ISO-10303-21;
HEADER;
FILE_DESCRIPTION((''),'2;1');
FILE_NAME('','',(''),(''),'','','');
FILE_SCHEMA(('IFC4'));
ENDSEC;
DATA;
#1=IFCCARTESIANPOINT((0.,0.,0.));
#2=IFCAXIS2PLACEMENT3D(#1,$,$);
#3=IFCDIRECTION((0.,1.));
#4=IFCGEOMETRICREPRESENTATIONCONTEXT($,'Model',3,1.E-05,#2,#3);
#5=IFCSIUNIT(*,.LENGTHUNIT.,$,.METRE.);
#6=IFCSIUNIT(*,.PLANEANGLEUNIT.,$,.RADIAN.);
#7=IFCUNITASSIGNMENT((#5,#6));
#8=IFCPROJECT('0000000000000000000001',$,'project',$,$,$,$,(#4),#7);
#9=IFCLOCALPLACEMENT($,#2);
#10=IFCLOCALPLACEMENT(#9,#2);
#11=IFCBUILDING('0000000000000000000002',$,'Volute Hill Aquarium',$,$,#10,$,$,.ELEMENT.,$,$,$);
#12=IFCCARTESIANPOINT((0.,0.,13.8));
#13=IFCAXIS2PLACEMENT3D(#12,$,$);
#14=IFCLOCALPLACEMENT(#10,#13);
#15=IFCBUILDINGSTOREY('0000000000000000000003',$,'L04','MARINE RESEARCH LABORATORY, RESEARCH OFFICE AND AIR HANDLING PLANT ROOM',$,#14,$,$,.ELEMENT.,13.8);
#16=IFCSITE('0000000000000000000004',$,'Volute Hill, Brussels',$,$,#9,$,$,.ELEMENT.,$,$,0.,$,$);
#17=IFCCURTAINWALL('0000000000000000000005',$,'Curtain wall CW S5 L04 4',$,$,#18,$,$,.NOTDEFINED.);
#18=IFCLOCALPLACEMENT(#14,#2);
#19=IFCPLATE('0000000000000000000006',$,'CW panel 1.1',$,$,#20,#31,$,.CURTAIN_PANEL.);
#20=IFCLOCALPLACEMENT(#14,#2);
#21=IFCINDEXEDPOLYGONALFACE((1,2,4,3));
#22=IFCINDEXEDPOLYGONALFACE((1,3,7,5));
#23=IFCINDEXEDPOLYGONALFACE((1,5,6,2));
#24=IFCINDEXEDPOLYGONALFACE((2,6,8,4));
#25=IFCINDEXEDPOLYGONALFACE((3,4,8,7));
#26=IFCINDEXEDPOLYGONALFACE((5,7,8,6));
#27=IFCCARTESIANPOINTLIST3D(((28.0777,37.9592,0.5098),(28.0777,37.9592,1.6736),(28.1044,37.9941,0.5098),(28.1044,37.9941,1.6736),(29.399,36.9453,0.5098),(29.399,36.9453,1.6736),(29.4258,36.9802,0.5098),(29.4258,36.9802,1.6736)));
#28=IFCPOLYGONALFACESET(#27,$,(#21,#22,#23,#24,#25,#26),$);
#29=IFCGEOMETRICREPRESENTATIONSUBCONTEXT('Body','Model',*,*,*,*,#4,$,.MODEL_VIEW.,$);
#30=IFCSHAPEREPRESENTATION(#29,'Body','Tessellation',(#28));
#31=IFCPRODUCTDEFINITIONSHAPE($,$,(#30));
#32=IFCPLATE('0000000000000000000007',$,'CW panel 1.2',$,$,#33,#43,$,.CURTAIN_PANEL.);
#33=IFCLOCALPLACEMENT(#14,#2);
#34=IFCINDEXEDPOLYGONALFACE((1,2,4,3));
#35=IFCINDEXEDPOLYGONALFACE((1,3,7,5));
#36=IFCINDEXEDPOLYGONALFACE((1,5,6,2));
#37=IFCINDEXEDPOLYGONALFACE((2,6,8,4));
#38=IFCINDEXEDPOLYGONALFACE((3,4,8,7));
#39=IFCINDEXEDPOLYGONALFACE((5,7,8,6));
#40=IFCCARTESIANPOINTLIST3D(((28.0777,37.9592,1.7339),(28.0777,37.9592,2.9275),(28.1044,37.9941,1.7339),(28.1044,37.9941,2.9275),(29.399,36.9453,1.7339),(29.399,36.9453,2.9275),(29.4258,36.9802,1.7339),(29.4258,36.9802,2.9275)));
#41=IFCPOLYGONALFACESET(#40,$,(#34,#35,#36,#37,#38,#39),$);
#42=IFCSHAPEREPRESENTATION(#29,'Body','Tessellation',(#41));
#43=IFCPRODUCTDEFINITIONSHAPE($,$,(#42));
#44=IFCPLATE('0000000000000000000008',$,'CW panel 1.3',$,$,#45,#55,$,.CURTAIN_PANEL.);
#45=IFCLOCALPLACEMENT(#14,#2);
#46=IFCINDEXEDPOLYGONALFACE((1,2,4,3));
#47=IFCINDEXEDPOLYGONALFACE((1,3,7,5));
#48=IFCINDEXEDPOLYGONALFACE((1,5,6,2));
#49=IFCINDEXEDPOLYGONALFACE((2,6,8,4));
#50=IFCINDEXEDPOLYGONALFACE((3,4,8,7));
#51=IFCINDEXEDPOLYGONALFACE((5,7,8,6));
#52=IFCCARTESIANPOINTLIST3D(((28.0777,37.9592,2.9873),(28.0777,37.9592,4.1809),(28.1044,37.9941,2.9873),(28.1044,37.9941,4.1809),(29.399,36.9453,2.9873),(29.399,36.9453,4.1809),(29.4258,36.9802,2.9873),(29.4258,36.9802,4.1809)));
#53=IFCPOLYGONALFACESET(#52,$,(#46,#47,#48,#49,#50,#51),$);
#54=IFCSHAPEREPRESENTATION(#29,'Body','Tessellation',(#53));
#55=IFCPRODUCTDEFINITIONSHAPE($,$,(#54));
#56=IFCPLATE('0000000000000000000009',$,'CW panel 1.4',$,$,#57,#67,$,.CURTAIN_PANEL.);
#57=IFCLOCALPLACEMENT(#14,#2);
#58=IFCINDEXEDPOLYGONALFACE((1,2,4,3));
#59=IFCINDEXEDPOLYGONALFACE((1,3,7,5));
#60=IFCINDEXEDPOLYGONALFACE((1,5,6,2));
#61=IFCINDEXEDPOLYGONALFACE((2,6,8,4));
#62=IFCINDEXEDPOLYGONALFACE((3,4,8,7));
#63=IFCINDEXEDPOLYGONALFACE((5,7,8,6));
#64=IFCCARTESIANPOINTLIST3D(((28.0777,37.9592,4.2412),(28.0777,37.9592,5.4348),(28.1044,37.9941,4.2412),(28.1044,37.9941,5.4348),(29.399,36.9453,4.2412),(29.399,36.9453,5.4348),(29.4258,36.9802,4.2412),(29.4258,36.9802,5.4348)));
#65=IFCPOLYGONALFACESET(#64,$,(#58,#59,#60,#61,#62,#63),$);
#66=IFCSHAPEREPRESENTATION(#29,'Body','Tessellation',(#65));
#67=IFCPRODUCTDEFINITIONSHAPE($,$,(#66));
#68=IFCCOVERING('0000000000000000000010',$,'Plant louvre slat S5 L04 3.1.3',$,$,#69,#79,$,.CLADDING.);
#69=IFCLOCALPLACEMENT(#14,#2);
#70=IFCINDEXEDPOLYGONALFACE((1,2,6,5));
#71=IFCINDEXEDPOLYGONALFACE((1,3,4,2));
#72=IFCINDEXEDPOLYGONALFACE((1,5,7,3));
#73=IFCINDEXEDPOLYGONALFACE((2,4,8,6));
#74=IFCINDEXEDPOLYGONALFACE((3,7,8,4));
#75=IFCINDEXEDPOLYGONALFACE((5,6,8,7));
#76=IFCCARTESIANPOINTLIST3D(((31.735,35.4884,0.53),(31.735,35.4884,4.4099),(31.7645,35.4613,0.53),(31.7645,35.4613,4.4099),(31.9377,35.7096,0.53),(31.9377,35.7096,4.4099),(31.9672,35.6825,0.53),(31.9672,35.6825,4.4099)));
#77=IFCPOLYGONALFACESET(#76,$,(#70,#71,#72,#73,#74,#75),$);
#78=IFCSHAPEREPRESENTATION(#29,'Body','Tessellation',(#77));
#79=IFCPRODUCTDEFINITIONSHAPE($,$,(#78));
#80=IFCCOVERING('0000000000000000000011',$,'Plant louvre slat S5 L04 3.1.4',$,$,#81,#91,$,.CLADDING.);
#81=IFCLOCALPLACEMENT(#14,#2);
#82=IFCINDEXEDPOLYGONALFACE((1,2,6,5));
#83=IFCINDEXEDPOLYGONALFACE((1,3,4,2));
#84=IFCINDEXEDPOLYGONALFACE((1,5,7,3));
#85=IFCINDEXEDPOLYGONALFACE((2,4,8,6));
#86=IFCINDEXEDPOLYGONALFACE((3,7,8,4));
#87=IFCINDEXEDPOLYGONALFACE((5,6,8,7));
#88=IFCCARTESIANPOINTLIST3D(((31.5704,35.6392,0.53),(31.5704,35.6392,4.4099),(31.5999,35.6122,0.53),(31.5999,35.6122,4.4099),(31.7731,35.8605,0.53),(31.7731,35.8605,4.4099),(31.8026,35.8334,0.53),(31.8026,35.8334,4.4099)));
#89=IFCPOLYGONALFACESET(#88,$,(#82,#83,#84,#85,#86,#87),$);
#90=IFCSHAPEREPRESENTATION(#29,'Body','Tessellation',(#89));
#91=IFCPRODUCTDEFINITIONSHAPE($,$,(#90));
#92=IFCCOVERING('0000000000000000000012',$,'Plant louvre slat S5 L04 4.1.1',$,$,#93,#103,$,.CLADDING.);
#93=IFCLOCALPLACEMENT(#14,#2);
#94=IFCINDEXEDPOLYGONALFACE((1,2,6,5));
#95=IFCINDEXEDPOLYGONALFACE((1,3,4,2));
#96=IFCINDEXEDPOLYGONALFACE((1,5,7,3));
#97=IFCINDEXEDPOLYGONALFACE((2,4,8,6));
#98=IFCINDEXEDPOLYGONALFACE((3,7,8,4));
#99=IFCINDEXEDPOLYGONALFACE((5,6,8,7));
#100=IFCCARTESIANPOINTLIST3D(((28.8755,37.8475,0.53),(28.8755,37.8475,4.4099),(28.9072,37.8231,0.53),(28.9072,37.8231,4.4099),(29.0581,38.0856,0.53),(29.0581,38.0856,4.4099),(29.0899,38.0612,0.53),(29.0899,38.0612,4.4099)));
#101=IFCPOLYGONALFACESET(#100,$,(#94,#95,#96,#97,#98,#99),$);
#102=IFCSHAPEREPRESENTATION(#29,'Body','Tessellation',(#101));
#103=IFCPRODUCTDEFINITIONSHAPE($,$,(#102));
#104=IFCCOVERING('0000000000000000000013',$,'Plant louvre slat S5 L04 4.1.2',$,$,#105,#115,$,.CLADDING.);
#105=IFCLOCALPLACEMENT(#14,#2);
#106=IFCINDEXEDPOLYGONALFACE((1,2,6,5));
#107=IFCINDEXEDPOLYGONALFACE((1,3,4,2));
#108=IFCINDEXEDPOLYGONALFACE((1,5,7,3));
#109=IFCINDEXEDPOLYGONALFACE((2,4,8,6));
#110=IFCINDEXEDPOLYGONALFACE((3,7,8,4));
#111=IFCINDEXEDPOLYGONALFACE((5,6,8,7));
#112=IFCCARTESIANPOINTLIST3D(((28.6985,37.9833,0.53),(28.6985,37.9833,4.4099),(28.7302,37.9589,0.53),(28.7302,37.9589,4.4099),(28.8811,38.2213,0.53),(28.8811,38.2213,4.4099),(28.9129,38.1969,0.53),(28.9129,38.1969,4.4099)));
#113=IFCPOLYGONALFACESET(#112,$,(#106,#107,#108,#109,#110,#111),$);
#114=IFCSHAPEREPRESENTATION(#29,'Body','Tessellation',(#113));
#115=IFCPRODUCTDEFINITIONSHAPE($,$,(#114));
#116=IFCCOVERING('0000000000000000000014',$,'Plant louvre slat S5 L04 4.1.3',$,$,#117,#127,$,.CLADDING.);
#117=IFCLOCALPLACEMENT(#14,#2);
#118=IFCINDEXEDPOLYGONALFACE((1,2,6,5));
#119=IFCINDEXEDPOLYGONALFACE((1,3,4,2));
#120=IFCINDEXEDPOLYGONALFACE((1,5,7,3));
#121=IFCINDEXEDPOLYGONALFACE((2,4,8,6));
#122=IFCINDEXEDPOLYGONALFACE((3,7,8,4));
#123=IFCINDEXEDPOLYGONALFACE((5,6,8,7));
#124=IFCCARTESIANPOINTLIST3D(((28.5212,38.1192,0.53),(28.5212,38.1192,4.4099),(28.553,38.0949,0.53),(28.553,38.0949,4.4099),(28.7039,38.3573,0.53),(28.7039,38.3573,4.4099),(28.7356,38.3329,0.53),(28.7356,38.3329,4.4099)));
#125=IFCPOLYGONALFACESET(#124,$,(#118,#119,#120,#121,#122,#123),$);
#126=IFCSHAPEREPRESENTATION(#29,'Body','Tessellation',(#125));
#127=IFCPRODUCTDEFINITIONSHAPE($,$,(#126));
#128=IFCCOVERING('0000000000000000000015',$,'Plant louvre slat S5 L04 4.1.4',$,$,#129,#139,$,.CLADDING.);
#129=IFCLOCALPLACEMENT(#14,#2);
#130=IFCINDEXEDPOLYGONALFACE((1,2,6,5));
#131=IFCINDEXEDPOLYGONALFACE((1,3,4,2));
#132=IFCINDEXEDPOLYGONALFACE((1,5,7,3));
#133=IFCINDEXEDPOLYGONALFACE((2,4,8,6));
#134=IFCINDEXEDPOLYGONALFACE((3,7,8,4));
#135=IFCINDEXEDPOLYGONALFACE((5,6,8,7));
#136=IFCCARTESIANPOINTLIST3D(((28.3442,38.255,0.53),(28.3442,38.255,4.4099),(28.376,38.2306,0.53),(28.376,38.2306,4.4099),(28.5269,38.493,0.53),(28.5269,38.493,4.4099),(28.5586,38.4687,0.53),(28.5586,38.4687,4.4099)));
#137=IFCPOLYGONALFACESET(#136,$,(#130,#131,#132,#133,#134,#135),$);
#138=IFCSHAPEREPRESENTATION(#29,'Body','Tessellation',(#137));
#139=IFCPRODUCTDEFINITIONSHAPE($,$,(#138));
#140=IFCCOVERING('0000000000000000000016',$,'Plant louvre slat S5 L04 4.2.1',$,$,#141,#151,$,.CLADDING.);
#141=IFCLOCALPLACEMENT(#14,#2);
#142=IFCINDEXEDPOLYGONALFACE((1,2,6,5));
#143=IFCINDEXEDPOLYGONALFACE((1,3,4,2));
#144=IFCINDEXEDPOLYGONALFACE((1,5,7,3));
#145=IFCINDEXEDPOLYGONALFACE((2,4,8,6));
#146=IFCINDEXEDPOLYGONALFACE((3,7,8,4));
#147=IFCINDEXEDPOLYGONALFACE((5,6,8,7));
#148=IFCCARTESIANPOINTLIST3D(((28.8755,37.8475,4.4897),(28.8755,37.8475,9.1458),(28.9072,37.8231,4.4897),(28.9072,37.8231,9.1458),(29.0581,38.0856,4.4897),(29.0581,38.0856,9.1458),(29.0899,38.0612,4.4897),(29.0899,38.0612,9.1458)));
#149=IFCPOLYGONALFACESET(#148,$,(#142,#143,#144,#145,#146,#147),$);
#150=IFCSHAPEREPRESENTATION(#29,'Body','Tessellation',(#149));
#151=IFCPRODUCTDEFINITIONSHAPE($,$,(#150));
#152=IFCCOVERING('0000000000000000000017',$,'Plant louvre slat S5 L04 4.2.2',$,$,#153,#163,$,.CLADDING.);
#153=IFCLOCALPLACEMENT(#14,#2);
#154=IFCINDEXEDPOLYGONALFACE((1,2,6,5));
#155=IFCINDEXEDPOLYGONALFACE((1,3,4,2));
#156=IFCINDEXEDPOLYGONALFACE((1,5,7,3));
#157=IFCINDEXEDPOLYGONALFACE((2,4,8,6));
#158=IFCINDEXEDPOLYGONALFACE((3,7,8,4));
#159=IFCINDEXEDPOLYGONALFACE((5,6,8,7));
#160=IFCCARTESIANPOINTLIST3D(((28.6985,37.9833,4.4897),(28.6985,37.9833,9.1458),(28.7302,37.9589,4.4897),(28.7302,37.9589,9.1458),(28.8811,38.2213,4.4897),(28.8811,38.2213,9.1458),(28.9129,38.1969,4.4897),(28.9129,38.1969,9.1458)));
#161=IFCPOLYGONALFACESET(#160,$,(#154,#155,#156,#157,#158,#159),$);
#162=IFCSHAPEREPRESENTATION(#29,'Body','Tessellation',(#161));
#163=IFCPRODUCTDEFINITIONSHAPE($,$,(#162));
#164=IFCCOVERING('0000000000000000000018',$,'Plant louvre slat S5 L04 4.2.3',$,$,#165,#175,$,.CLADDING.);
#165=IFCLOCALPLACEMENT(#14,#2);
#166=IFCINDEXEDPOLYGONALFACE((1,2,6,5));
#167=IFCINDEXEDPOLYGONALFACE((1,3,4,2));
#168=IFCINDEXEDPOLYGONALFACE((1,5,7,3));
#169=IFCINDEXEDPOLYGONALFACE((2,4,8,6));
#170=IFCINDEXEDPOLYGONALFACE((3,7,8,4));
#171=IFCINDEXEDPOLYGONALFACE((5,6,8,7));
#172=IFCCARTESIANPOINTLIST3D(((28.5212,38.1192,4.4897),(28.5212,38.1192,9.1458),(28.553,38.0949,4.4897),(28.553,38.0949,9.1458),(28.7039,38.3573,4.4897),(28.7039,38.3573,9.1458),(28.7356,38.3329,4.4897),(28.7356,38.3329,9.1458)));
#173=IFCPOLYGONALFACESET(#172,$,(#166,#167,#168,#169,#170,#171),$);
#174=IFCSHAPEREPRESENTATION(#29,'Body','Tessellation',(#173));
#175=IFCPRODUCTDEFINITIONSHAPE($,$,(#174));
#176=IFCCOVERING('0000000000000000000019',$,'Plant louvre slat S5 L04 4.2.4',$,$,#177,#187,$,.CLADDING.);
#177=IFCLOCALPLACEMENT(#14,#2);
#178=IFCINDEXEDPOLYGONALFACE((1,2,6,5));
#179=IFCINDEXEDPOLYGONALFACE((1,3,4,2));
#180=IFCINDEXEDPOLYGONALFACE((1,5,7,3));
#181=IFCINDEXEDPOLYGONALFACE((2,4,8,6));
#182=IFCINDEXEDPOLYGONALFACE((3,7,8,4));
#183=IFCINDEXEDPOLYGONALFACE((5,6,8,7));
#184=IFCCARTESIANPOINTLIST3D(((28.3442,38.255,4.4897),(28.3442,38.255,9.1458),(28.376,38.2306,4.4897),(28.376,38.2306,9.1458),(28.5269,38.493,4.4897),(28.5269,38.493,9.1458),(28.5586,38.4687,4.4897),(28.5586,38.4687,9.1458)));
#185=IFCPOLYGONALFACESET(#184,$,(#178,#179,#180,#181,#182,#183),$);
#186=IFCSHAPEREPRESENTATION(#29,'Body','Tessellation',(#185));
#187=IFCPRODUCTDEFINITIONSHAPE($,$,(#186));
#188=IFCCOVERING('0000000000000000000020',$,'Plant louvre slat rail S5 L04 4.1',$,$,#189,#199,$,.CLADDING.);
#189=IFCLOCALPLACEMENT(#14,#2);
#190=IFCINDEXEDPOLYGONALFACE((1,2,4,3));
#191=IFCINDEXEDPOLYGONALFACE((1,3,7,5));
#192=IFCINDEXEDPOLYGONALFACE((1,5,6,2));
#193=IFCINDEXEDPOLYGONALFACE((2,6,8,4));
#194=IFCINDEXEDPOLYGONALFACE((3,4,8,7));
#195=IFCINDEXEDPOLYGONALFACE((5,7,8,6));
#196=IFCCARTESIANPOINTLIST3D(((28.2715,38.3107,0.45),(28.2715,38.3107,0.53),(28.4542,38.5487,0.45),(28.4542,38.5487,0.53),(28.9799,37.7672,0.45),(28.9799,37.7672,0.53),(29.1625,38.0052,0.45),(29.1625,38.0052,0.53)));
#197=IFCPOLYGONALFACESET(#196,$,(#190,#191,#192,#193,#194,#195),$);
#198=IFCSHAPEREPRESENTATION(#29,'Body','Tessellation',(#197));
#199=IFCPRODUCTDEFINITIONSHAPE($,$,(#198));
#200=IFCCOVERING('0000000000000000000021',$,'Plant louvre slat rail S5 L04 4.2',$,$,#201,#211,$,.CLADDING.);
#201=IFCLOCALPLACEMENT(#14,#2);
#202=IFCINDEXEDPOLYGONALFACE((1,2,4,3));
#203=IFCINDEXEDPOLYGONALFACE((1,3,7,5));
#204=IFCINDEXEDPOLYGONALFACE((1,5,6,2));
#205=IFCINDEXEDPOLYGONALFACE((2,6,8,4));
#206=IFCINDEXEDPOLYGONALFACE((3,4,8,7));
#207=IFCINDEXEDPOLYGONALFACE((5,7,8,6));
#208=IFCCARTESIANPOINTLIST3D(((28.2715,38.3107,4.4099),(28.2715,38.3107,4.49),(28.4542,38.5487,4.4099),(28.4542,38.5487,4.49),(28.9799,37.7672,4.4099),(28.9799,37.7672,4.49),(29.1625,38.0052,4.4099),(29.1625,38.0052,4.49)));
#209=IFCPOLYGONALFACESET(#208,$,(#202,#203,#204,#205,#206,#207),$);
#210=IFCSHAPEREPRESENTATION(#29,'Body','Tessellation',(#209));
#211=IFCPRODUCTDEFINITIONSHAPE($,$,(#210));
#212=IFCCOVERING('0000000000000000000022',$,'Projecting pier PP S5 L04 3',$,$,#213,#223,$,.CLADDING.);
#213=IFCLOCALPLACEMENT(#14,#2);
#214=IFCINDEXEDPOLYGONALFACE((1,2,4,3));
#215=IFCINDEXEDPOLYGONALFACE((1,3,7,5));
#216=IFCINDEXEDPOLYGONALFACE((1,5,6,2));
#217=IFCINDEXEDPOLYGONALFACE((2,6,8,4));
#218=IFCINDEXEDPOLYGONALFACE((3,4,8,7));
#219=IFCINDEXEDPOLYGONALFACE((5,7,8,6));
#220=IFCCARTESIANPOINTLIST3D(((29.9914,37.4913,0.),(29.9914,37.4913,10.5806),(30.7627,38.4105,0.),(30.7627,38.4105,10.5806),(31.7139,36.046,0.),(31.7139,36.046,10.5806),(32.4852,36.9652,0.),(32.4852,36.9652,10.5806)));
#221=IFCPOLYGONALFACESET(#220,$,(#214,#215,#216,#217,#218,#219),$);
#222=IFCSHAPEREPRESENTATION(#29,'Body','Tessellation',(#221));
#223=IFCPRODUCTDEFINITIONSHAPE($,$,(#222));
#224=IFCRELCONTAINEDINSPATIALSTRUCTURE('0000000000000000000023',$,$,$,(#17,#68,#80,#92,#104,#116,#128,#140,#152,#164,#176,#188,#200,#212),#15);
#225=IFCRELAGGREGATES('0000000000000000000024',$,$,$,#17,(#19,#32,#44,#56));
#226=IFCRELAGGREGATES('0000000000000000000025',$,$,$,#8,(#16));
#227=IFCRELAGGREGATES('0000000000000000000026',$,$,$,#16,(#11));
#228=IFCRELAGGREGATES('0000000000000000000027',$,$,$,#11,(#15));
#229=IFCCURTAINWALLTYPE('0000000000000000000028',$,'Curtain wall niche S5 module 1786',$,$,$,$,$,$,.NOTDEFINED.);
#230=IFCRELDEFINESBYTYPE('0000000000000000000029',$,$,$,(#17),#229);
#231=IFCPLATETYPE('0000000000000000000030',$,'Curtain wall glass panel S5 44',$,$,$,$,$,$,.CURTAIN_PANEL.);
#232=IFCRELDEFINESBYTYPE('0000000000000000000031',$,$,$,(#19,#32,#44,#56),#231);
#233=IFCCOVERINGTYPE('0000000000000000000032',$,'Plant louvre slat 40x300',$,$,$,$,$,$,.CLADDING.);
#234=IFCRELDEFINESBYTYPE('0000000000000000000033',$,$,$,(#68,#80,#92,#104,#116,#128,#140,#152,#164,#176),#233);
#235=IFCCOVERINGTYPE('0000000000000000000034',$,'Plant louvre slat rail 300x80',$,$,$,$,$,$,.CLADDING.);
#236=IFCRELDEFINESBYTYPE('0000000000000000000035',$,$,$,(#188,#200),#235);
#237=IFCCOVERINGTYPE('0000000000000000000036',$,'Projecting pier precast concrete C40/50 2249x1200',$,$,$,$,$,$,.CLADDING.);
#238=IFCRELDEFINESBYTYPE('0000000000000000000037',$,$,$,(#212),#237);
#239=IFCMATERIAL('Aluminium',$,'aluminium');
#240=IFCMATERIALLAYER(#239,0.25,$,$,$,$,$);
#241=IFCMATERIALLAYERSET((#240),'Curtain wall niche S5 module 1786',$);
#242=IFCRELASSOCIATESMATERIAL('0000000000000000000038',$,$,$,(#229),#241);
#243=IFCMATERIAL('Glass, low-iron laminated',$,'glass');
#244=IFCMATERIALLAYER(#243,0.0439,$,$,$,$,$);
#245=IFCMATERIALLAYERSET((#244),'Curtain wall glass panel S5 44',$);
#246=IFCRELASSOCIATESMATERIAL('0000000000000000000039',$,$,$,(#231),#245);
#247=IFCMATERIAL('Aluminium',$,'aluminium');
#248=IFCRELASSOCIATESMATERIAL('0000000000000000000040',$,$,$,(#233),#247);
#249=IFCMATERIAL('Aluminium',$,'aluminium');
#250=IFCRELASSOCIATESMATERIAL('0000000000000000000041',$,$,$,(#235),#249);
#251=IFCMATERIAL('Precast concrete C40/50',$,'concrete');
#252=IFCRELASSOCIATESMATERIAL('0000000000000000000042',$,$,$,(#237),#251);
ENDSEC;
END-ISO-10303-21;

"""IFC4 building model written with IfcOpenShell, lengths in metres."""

from ifc_helpers import new_model, si_unit, direction, frame, origin, origin_2d, place, context, subcontext, project, spatial, rectangle, extrude, material, layer, layer_set, type_object, element, aggregate, save


model = new_model("IFC4")

# Units and contexts
model_context = context("Model", 3, precision=1e-05, world=origin(), true_north=direction((0.0, 1.0)))
body_context = subcontext(model_context, "Body", "Model", "MODEL_VIEW")
ifc_project = project(units=[si_unit("LENGTHUNIT", "METRE"), si_unit("PLANEANGLEUNIT", "RADIAN")], contexts=[model_context])

# Site, building, storey
site_placement = place(None, origin())
site = spatial("IfcSite", under=ifc_project, at=site_placement, Name="Volute Hill, Brussels", CompositionType="ELEMENT", RefElevation=0.0)
building_placement = place(site_placement, origin())
building = spatial("IfcBuilding", under=site, at=building_placement, Name="Volute Hill Aquarium", CompositionType="ELEMENT")
storey_placement = place(building_placement, frame((0.0, 0.0, 13.8)))
storey = spatial("IfcBuildingStorey", under=building, at=storey_placement, Name="L04", Description="MARINE RESEARCH LABORATORY, RESEARCH OFFICE AND AIR HANDLING PLANT ROOM", CompositionType="ELEMENT", Elevation=13.8)

# Shared definitions
ifc_material_1 = material(Name="Aluminium", Category="aluminium")
ifc_layer_1 = layer(ifc_material_1, 0.25)
ifc_layer_set_1 = layer_set([ifc_layer_1], Name="Curtain wall niche S5 module 1786")
curtain_wall_type = type_object("IfcCurtainWallType", Name="Curtain wall niche S5 module 1786", PredefinedType="NOTDEFINED", material=ifc_layer_set_1)

# Curtain wall
curtain_wall_1_placement = place(storey_placement, origin())
curtain_wall_1 = element("IfcCurtainWall", 1, at=curtain_wall_1_placement, inside=storey, type_object=curtain_wall_type, Name="Curtain wall CW S5 L04 4", PredefinedType="NOTDEFINED")

# Plates
ifc_material_2 = material(Name="Glass, low-iron laminated", Category="glass")
ifc_layer_2 = layer(ifc_material_2, 0.0439)
ifc_layer_set_2 = layer_set([ifc_layer_2], Name="Curtain wall glass panel S5 44")
plate_type = type_object("IfcPlateType", Name="Curtain wall glass panel S5 44", PredefinedType="CURTAIN_PANEL", material=ifc_layer_set_2)
plate_1_placement = place(storey_placement, frame((28.7517, 37.4697, 0.5098), z_axis=(0.0, 0.0, 1.0), x_axis=(-0.793358, 0.608755, 0.0)))
plate_1 = element("IfcPlate", 2, at=plate_1_placement, type_object=plate_type, Name="CW panel 1.1", PredefinedType="CURTAIN_PANEL", context=body_context, shape_type="SweptSolid", body=[
    extrude(rectangle(XDim=1.6655, YDim=0.0439, at=origin_2d()), origin(), (0.0, 0.0, 1.0), 1.1638),
])
plate_2_placement = place(storey_placement, frame((28.7517, 37.4697, 1.7339), z_axis=(0.0, 0.0, 1.0), x_axis=(-0.793358, 0.608755, 0.0)))
plate_2 = element("IfcPlate", 3, at=plate_2_placement, type_object=plate_type, Name="CW panel 1.2", PredefinedType="CURTAIN_PANEL", context=body_context, shape_type="SweptSolid", body=[
    extrude(rectangle(XDim=1.6655, YDim=0.0439, at=origin_2d()), origin(), (0.0, 0.0, 1.0), 1.1936),
])
plate_3_placement = place(storey_placement, frame((28.7517, 37.4697, 2.9873), z_axis=(0.0, 0.0, 1.0), x_axis=(-0.793358, 0.608755, 0.0)))
plate_3 = element("IfcPlate", 4, at=plate_3_placement, type_object=plate_type, Name="CW panel 1.3", PredefinedType="CURTAIN_PANEL", context=body_context, shape_type="SweptSolid", body=[
    extrude(rectangle(XDim=1.6655, YDim=0.0439, at=origin_2d()), origin(), (0.0, 0.0, 1.0), 1.1936),
])
plate_4_placement = place(storey_placement, frame((28.7517, 37.4697, 4.2412), z_axis=(0.0, 0.0, 1.0), x_axis=(-0.793358, 0.608755, 0.0)))
plate_4 = element("IfcPlate", 5, at=plate_4_placement, type_object=plate_type, Name="CW panel 1.4", PredefinedType="CURTAIN_PANEL", context=body_context, shape_type="SweptSolid", body=[
    extrude(rectangle(XDim=1.6655, YDim=0.0439, at=origin_2d()), origin(), (0.0, 0.0, 1.0), 1.1936),
])
aggregate(curtain_wall_1, [plate_1, plate_2, plate_3, plate_4])

# Coverings
ifc_material_3 = material(Name="Aluminium", Category="aluminium")
covering_type_1 = type_object("IfcCoveringType", Name="Plant louvre slat 40x300", PredefinedType="CLADDING", material=ifc_material_3)
for number, where, z_axis, x_axis, name in (
    (6, (31.8511, 35.5854, 0.53), (0.0, 0.0, 1.0), (-0.737282, 0.675585, 0.0), "Plant louvre slat S5 L04 3.1.3"),
    (7, (31.6865, 35.7363, 0.53), (0.0, 0.0, 1.0), (-0.737282, 0.675585, 0.0), "Plant louvre slat S5 L04 3.1.4"),
    (8, (28.9827, 37.9543, 0.53), (0.0, 0.0, 1.0), (-0.79336, 0.608753, 0.0), "Plant louvre slat S5 L04 4.1.1"),
    (9, (28.8057, 38.0901, 0.53), (0.0, 0.0, 1.0), (-0.79336, 0.608753, 0.0), "Plant louvre slat S5 L04 4.1.2"),
    (10, (28.6284, 38.2261, 0.53), (0.0, 0.0, 1.0), (-0.79336, 0.608753, 0.0), "Plant louvre slat S5 L04 4.1.3"),
    (11, (28.4514, 38.3618, 0.53), (0.0, 0.0, 1.0), (-0.79336, 0.608753, 0.0), "Plant louvre slat S5 L04 4.1.4"),
):
    element("IfcCovering", number, at=place(storey_placement, frame(where, z_axis=z_axis, x_axis=x_axis)), inside=storey, type_object=covering_type_1, Name=name, PredefinedType="CLADDING", context=body_context, shape_type="SweptSolid", body=[
        extrude(rectangle(XDim=0.04, YDim=0.3, at=origin_2d()), origin(), (0.0, 0.0, 1.0), 3.8799),
    ])
for number, where, z_axis, x_axis, name in (
    (12, (28.9827, 37.9543, 4.4897), (0.0, 0.0, 1.0), (-0.79336, 0.608753, 0.0), "Plant louvre slat S5 L04 4.2.1"),
    (13, (28.8057, 38.0901, 4.4897), (0.0, 0.0, 1.0), (-0.79336, 0.608753, 0.0), "Plant louvre slat S5 L04 4.2.2"),
    (14, (28.6284, 38.2261, 4.4897), (0.0, 0.0, 1.0), (-0.79336, 0.608753, 0.0), "Plant louvre slat S5 L04 4.2.3"),
    (15, (28.4514, 38.3618, 4.4897), (0.0, 0.0, 1.0), (-0.79336, 0.608753, 0.0), "Plant louvre slat S5 L04 4.2.4"),
):
    element("IfcCovering", number, at=place(storey_placement, frame(where, z_axis=z_axis, x_axis=x_axis)), inside=storey, type_object=covering_type_1, Name=name, PredefinedType="CLADDING", context=body_context, shape_type="SweptSolid", body=[
        extrude(rectangle(XDim=0.04, YDim=0.3, at=origin_2d()), origin(), (0.0, 0.0, 1.0), 4.656),
    ])
ifc_material_4 = material(Name="Aluminium", Category="aluminium")
covering_type_2 = type_object("IfcCoveringType", Name="Plant louvre slat rail 300x80", PredefinedType="CLADDING", material=ifc_material_4)
for number, where, z_axis, x_axis, name in (
    (16, (28.717, 38.158, 0.45), (0.0, 0.0, 1.0), (-0.79336, 0.608753, 0.0), "Plant louvre slat rail S5 L04 4.1"),
    (17, (28.717, 38.158, 4.4099), (0.0, 0.0, 1.0), (-0.79336, 0.608753, 0.0), "Plant louvre slat rail S5 L04 4.2"),
):
    element("IfcCovering", number, at=place(storey_placement, frame(where, z_axis=z_axis, x_axis=x_axis)), inside=storey, type_object=covering_type_2, Name=name, PredefinedType="CLADDING", context=body_context, shape_type="SweptSolid", body=[
        extrude(rectangle(XDim=0.8928, YDim=0.3, at=origin_2d()), origin(), (0.0, 0.0, 1.0), 0.0801),
    ])
ifc_material_5 = material(Name="Precast concrete C40/50", Category="concrete")
covering_type_3 = type_object("IfcCoveringType", Name="Projecting pier precast concrete C40/50 2249x1200", PredefinedType="CLADDING", material=ifc_material_5)
for number, where, z_axis, x_axis, name in (
    (18, (31.2383, 37.2283, 0.0), (0.0, 0.0, 1.0), (-0.766044, 0.642788, 0.0), "Projecting pier PP S5 L04 3"),
):
    element("IfcCovering", number, at=place(storey_placement, frame(where, z_axis=z_axis, x_axis=x_axis)), inside=storey, type_object=covering_type_3, Name=name, PredefinedType="CLADDING", context=body_context, shape_type="SweptSolid", body=[
        extrude(rectangle(XDim=2.2485, YDim=1.2, at=origin_2d()), origin(), (0.0, 0.0, 1.0), 10.5806),
    ])

save(model, "model.ifc")
